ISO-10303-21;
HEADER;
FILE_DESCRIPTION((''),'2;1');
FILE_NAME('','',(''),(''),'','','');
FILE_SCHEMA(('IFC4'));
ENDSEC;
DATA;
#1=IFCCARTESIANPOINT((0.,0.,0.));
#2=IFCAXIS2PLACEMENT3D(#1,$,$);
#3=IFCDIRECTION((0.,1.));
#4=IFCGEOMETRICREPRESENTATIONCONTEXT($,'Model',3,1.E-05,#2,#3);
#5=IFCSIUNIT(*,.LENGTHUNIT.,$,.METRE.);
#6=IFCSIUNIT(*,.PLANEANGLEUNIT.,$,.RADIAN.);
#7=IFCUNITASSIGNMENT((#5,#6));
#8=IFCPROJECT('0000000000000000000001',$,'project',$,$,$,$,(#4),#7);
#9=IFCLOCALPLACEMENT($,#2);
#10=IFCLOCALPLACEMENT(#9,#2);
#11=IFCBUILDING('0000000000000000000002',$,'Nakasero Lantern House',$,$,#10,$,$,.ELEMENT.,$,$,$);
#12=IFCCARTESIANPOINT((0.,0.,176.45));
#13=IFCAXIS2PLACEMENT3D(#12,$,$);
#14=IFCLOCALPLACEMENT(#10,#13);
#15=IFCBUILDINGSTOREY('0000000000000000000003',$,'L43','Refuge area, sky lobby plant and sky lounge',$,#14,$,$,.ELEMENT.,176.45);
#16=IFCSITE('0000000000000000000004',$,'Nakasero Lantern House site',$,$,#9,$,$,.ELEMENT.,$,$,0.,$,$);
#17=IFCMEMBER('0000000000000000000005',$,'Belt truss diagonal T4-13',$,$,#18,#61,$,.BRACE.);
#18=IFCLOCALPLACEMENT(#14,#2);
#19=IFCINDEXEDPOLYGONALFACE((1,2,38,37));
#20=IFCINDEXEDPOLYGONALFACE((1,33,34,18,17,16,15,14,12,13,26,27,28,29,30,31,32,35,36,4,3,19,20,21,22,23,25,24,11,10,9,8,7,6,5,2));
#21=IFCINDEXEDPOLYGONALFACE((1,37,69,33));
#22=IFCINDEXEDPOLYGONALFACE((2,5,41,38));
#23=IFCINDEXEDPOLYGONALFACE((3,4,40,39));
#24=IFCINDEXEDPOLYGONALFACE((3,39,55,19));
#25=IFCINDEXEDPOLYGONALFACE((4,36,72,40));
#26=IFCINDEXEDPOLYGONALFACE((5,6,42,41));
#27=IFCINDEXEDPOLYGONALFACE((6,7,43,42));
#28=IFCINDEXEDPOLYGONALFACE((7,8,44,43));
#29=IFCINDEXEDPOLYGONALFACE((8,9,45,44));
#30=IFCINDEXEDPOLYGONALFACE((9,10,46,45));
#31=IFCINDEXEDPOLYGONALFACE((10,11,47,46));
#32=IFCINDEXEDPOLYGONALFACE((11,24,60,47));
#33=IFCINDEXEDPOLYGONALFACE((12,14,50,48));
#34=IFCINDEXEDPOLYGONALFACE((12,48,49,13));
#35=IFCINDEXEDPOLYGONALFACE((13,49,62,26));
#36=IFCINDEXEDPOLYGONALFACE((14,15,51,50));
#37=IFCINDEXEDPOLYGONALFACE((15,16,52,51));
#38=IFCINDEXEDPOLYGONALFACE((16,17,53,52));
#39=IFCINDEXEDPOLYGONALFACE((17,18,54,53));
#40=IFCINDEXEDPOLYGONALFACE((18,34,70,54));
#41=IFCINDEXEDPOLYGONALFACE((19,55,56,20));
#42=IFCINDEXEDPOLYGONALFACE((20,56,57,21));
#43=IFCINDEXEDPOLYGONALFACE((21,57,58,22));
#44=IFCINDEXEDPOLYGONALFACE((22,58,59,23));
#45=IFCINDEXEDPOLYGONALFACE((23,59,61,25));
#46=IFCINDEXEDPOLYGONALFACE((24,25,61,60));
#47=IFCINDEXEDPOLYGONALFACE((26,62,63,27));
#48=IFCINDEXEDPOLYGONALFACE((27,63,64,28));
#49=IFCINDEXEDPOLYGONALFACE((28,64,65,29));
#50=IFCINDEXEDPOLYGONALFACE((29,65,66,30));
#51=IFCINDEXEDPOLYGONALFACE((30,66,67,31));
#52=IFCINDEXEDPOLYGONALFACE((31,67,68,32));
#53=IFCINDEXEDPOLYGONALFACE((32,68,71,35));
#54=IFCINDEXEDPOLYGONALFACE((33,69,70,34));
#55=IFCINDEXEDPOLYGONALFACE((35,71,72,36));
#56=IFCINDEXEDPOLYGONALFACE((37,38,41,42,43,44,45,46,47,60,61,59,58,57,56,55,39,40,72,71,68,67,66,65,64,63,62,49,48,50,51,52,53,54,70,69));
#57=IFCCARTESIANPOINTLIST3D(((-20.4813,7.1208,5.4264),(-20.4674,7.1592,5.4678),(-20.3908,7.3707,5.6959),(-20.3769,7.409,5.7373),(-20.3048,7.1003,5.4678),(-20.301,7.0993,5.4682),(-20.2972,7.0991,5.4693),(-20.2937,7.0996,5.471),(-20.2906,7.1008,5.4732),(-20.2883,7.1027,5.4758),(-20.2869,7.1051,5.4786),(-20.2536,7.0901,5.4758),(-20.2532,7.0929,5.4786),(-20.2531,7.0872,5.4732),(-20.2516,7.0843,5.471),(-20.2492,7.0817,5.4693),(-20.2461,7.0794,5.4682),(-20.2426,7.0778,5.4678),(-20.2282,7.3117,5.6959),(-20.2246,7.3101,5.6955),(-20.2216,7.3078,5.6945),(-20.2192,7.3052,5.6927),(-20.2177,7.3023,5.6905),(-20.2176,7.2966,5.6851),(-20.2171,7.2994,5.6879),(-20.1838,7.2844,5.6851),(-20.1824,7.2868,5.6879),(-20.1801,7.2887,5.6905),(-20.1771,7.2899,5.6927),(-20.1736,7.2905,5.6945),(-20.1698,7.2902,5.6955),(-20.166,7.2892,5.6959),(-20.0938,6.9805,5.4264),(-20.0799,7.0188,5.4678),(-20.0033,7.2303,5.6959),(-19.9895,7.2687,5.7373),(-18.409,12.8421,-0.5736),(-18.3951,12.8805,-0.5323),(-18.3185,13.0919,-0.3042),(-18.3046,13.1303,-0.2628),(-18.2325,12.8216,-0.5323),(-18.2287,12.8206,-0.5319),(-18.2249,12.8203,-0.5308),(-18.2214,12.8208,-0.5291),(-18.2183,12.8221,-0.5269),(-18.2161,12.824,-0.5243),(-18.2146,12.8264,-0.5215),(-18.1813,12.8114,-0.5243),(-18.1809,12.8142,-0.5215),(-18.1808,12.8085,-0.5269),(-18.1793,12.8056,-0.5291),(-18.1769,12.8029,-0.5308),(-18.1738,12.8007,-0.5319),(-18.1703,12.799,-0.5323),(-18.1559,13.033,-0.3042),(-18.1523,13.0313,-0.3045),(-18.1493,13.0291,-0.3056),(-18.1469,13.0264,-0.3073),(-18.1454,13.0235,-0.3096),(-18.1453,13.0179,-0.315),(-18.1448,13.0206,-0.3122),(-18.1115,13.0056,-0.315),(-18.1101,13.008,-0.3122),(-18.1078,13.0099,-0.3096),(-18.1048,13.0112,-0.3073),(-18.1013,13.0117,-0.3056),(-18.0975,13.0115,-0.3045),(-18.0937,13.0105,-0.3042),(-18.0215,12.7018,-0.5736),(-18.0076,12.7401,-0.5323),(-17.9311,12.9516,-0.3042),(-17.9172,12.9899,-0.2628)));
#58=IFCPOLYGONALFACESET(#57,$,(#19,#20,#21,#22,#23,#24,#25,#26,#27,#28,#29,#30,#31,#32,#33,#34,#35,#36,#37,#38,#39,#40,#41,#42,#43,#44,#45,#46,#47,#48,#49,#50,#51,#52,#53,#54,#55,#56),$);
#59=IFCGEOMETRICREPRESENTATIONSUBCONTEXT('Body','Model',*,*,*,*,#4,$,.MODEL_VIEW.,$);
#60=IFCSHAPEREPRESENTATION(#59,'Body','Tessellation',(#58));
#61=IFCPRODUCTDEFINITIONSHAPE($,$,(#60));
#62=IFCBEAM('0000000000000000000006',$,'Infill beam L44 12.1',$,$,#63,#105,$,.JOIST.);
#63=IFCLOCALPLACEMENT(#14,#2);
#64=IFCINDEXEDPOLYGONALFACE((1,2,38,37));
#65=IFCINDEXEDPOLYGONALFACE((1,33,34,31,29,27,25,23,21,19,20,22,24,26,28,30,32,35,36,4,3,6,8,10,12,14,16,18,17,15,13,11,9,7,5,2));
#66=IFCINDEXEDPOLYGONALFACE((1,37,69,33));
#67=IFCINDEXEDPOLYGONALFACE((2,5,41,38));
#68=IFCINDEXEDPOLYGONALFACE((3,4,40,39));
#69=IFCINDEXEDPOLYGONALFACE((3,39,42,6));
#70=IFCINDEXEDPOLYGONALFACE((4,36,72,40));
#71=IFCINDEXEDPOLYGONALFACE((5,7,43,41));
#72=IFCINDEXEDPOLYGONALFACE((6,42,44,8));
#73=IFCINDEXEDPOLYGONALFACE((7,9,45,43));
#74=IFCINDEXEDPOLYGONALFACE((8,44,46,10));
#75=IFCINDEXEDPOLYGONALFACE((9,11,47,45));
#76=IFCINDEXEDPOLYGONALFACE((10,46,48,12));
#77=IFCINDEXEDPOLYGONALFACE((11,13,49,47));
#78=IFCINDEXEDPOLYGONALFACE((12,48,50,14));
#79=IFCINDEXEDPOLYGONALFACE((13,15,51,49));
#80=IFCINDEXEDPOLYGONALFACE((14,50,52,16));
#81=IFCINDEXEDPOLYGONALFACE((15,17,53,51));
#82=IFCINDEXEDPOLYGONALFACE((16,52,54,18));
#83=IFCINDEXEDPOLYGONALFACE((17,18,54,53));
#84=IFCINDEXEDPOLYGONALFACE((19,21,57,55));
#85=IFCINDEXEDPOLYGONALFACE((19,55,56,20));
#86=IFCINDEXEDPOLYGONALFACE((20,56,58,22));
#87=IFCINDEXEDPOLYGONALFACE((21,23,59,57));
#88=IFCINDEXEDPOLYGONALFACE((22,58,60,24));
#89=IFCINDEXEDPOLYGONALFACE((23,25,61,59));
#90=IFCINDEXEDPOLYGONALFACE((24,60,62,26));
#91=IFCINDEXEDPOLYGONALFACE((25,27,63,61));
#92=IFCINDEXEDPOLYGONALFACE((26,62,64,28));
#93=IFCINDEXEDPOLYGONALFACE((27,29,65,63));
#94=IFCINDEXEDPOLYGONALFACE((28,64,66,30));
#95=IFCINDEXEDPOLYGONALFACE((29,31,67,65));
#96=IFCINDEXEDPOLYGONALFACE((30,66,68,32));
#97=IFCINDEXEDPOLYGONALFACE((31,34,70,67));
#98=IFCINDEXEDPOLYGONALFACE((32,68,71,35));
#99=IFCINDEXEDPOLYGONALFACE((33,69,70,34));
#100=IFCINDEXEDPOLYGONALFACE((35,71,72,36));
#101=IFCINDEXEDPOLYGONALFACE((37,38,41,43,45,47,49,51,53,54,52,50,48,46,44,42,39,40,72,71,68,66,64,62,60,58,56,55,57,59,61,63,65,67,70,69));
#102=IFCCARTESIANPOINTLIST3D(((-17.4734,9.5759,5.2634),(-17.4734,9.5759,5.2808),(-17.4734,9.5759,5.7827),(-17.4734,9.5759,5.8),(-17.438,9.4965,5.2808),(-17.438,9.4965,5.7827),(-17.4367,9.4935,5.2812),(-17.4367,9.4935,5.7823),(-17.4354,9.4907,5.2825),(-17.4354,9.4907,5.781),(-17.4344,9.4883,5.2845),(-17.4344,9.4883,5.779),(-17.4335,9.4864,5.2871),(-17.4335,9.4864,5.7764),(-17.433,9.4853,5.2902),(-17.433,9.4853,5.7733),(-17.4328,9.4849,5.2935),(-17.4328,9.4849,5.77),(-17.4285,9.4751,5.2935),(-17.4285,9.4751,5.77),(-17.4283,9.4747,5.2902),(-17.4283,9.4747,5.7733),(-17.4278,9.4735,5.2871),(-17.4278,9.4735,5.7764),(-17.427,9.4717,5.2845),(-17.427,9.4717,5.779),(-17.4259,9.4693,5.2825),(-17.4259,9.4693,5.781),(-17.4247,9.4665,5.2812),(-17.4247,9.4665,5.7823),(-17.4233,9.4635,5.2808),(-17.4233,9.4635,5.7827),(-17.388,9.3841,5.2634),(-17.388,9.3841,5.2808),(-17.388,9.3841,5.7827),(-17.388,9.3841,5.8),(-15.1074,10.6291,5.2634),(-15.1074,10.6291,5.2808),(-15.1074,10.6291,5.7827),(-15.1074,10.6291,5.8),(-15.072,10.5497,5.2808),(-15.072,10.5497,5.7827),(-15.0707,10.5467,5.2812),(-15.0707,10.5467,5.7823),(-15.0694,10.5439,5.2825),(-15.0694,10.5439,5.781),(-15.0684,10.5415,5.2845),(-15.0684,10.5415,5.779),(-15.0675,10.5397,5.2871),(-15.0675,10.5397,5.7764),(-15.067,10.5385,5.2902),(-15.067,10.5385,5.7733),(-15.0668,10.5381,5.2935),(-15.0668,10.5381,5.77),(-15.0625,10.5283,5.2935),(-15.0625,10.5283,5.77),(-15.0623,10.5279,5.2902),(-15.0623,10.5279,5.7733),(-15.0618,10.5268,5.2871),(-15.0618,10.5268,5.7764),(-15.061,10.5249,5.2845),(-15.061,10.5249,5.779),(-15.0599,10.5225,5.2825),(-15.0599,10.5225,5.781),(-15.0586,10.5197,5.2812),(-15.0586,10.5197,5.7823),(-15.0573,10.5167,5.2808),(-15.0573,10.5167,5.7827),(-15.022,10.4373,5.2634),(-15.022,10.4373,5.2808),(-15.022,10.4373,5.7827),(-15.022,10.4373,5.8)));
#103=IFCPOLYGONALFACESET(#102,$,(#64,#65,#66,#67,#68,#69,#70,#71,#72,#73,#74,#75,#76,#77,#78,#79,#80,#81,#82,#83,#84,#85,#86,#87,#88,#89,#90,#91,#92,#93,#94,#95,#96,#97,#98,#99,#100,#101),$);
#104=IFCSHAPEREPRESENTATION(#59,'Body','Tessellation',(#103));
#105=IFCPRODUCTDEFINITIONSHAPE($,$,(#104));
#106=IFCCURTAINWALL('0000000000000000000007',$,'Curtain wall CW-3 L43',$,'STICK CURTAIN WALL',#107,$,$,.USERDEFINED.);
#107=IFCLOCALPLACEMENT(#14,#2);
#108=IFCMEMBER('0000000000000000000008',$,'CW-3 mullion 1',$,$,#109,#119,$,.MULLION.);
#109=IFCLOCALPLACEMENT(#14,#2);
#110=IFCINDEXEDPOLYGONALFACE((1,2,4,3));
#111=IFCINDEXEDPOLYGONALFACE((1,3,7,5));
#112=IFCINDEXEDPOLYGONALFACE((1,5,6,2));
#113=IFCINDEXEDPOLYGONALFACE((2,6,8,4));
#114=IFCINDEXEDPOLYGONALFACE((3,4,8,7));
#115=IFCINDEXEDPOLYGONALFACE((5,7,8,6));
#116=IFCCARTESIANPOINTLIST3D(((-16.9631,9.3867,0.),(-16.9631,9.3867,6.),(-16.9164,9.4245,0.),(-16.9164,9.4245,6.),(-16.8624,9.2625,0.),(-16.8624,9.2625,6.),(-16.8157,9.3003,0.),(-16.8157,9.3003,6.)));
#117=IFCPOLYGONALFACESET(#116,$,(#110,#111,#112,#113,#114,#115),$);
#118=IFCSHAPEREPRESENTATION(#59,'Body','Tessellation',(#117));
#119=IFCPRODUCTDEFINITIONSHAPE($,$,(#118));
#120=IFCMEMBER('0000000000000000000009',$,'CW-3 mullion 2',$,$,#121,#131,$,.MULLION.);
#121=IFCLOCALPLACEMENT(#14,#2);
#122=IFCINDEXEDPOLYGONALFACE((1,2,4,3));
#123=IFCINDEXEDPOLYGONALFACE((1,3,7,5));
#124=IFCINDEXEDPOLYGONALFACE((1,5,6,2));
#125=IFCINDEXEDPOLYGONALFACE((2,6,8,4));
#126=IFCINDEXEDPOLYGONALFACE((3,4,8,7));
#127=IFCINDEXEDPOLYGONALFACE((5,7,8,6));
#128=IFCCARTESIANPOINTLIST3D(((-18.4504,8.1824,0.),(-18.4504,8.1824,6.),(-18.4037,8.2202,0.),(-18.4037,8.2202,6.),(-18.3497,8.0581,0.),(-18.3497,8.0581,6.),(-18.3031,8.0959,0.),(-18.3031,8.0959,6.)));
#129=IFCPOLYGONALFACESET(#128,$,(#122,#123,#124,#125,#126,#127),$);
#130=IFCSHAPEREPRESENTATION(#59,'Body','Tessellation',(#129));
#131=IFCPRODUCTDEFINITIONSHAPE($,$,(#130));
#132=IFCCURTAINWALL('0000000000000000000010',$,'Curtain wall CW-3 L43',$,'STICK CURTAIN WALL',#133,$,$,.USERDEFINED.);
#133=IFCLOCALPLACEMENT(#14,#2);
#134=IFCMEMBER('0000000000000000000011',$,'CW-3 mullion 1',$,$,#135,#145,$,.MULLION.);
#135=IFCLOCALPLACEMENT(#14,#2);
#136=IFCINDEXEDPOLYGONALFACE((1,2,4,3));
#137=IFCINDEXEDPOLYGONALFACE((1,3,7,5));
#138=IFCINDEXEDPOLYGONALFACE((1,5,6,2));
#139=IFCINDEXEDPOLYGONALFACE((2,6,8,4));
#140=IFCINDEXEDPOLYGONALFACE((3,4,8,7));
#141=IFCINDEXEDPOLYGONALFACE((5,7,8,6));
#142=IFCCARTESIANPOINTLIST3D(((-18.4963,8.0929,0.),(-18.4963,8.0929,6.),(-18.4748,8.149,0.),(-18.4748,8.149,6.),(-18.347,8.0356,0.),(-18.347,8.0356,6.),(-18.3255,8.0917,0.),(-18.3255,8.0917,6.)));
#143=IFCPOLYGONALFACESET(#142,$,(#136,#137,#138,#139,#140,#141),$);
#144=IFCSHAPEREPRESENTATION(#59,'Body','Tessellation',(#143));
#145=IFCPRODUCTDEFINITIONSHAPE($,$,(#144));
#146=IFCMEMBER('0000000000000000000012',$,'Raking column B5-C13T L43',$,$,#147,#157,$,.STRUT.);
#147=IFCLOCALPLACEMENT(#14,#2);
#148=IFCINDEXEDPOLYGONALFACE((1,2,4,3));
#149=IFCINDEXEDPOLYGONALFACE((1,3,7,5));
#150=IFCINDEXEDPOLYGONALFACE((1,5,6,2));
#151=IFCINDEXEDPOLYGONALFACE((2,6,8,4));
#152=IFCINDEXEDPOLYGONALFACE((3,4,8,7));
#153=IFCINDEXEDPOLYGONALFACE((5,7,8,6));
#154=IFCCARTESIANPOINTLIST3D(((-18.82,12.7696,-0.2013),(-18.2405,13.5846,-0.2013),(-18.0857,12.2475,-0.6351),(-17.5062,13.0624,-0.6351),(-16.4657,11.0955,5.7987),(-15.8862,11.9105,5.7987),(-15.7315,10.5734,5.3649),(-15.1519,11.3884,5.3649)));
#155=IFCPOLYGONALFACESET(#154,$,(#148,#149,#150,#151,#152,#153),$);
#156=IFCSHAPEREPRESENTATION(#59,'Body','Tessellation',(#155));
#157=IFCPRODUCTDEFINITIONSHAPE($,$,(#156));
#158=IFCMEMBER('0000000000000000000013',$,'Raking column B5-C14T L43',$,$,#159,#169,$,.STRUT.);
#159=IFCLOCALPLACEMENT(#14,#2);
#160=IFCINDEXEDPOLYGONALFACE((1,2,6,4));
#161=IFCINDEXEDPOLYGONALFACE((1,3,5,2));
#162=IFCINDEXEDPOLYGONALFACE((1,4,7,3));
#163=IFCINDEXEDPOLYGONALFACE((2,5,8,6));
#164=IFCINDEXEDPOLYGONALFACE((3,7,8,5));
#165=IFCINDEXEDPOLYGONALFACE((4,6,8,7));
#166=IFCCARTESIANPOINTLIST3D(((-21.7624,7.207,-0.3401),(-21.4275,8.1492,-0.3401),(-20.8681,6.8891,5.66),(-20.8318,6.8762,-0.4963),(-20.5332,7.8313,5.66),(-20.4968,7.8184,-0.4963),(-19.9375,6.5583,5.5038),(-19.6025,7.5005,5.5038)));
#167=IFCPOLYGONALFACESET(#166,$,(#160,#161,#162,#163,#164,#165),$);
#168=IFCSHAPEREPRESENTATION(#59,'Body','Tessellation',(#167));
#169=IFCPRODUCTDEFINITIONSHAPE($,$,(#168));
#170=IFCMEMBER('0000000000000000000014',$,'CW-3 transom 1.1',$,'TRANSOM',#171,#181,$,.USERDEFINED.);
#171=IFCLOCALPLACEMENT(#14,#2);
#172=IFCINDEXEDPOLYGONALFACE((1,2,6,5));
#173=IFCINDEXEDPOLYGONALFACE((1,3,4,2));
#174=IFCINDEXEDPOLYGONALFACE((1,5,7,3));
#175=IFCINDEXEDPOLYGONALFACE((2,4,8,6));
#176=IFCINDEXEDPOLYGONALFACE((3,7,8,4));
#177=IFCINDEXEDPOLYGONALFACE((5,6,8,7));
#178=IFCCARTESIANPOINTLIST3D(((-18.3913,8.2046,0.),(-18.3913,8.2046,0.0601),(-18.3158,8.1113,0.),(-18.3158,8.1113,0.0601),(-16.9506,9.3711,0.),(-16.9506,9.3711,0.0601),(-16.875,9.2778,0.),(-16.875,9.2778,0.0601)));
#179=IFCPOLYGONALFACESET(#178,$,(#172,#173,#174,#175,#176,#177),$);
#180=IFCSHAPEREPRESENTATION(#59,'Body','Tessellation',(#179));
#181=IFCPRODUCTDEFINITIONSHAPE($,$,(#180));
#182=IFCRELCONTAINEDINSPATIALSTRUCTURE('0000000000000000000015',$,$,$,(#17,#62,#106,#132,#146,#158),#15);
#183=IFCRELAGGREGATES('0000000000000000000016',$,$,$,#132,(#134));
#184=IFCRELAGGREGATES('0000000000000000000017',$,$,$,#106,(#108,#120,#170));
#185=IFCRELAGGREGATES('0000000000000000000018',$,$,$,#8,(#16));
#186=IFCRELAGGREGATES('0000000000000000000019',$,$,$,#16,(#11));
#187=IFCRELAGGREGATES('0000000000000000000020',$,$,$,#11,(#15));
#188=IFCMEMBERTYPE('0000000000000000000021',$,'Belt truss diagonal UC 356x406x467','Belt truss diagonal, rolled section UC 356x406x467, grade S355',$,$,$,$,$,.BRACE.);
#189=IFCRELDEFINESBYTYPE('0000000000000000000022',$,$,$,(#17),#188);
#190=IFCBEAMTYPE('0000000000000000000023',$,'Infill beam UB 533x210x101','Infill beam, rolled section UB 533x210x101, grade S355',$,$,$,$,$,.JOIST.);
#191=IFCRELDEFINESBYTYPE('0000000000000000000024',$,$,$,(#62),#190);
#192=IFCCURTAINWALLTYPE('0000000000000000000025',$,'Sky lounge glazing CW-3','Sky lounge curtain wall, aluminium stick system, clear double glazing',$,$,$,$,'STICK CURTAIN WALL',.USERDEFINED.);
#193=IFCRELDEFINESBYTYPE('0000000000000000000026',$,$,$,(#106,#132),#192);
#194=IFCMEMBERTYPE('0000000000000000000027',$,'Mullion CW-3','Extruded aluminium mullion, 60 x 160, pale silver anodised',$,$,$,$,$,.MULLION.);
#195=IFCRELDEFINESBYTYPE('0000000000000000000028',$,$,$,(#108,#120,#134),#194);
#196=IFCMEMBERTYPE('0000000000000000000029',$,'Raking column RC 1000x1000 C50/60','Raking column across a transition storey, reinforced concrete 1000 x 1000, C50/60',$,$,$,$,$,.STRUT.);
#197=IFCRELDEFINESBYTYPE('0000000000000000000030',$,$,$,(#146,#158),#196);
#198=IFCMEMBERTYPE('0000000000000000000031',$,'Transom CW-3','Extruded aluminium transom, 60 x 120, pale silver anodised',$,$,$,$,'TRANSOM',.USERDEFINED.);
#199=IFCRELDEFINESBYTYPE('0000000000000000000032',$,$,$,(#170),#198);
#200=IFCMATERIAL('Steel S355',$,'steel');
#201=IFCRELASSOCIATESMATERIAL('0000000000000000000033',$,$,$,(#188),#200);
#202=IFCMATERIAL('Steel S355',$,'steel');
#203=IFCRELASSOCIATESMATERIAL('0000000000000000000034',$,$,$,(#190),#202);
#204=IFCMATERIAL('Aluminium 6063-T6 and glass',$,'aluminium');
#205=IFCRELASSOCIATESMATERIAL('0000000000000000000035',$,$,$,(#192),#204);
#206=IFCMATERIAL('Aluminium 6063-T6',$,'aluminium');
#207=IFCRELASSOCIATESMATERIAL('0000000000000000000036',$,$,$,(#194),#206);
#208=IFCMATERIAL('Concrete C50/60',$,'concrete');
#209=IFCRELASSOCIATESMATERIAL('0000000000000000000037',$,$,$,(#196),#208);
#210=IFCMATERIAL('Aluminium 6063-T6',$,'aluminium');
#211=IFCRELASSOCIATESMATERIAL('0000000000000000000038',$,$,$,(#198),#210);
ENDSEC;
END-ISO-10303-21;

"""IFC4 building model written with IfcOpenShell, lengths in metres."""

from ifc_helpers import new_model, si_unit, direction, frame, origin, origin_2d, place, context, subcontext, project, spatial, rectangle, i_section, extrude, material, material_profile, profile_set, type_object, element, aggregate, save


model = new_model("IFC4")

# Units and contexts
model_context = context("Model", 3, precision=1e-05, world=origin(), true_north=direction((0.0, 1.0)))
body_context = subcontext(model_context, "Body", "Model", "MODEL_VIEW")
ifc_project = project(units=[si_unit("LENGTHUNIT", "METRE"), si_unit("PLANEANGLEUNIT", "RADIAN")], contexts=[model_context])

# Site, building, storey
site_placement = place(None, origin())
site = spatial("IfcSite", under=ifc_project, at=site_placement, Name="Nakasero Lantern House site", CompositionType="ELEMENT", RefElevation=0.0)
building_placement = place(site_placement, origin())
building = spatial("IfcBuilding", under=site, at=building_placement, Name="Nakasero Lantern House", CompositionType="ELEMENT")
storey_placement = place(building_placement, frame((0.0, 0.0, 176.45)))
storey = spatial("IfcBuildingStorey", under=building, at=storey_placement, Name="L43", Description="Refuge area, sky lobby plant and sky lounge", CompositionType="ELEMENT", Elevation=176.45)

# Member
ifc_material_1 = material(Name="Steel S355", Category="steel")
ifc_material_profile_1 = material_profile(ifc_material_1, i_section(OverallWidth=0.4121, OverallDepth=0.4365, WebThickness=0.0359, FlangeThickness=0.0581, FilletRadius=0.0151, at=origin_2d()), Name="UC 356x406x467")
ifc_profile_set_1 = profile_set([ifc_material_profile_1], Name="Steel S355")
member_type_1 = type_object("IfcMemberType", Name="Belt truss diagonal UC 356x406x467", Description="Belt truss diagonal, rolled section UC 356x406x467, grade S355", PredefinedType="BRACE", material=ifc_profile_set_1)
member_1_placement = place(storey_placement, frame((-18.1631, 12.916, -0.4182), z_axis=(-0.242497, -0.669494, 0.70212), x_axis=(0.940224, -0.340557, 0.0)))
element("IfcMember", 1, at=member_1_placement, inside=storey, type_object=member_type_1, Name="Belt truss diagonal T4-13", PredefinedType="BRACE", context=body_context, shape_type="SweptSolid", body=[
    extrude(i_section(OverallWidth=0.4121, OverallDepth=0.4365, WebThickness=0.0359, FlangeThickness=0.0581, FilletRadius=0.0151, at=origin_2d()), origin(), (0.0, 0.0, 1.0), 8.5457),
])

# Beam
ifc_material_2 = material(Name="Steel S355", Category="steel")
ifc_material_profile_2 = material_profile(ifc_material_2, i_section(OverallWidth=0.21, OverallDepth=0.5366, WebThickness=0.0107, FlangeThickness=0.0173, FilletRadius=0.0127, at=origin_2d()), Name="UB 533x210x101")
ifc_profile_set_2 = profile_set([ifc_material_profile_2], Name="Steel S355")
beam_type = type_object("IfcBeamType", Name="Infill beam UB 533x210x101", Description="Infill beam, rolled section UB 533x210x101, grade S355", PredefinedType="JOIST", material=ifc_profile_set_2)
beam_placement = place(storey_placement, frame((-17.4307, 9.48, 5.5317), z_axis=(0.91357, 0.406681, 0.0), x_axis=(-0.406681, 0.91357, 0.0)))
element("IfcBeam", 2, at=beam_placement, inside=storey, type_object=beam_type, Name="Infill beam L44 12.1", PredefinedType="JOIST", context=body_context, shape_type="SweptSolid", body=[
    extrude(i_section(OverallWidth=0.21, OverallDepth=0.5366, WebThickness=0.0107, FlangeThickness=0.0173, FilletRadius=0.0127, at=origin_2d()), origin(), (0.0, 0.0, 1.0), 2.5898),
])

# Curtain wall, members
ifc_material_3 = material(Name="Aluminium 6063-T6 and glass", Category="aluminium")
curtain_wall_type = type_object("IfcCurtainWallType", Name="Sky lounge glazing CW-3", Description="Sky lounge curtain wall, aluminium stick system, clear double glazing", ElementType="STICK CURTAIN WALL", PredefinedType="USERDEFINED", material=ifc_material_3)
curtain_wall_1_placement = place(storey_placement, origin())
curtain_wall_1 = element("IfcCurtainWall", 3, at=curtain_wall_1_placement, inside=storey, type_object=curtain_wall_type, Name="Curtain wall CW-3 L43", ObjectType="STICK CURTAIN WALL", PredefinedType="USERDEFINED")
ifc_material_4 = material(Name="Aluminium 6063-T6", Category="aluminium")
ifc_material_profile_3 = material_profile(ifc_material_4, rectangle(XDim=0.0601, YDim=0.1599, at=origin_2d()), Name="CW-3 mullion 60x160")
ifc_profile_set_3 = profile_set([ifc_material_profile_3], Name="Aluminium 6063-T6")
member_type_2 = type_object("IfcMemberType", Name="Mullion CW-3", Description="Extruded aluminium mullion, 60 x 160, pale silver anodised", PredefinedType="MULLION", material=ifc_profile_set_3)
member_2_placement = place(storey_placement, frame((-16.8894, 9.3435, 0.0), z_axis=(0.0, 0.0, 1.0), x_axis=(-0.777146, -0.62932, 0.0)))
member_2 = element("IfcMember", 4, at=member_2_placement, type_object=member_type_2, Name="CW-3 mullion 1", PredefinedType="MULLION", context=body_context, shape_type="SweptSolid", body=[
    extrude(rectangle(XDim=0.0601, YDim=0.1599, at=origin_2d()), origin(), (0.0, 0.0, 1.0), 6.0),
])
member_3_placement = place(storey_placement, frame((-18.3767, 8.1392, 0.0), z_axis=(0.0, 0.0, 1.0), x_axis=(-0.777146, -0.62932, 0.0)))
member_3 = element("IfcMember", 5, at=member_3_placement, type_object=member_type_2, Name="CW-3 mullion 2", PredefinedType="MULLION", context=body_context, shape_type="SweptSolid", body=[
    extrude(rectangle(XDim=0.0601, YDim=0.1599, at=origin_2d()), origin(), (0.0, 0.0, 1.0), 6.0),
])

# Curtain wall, member
curtain_wall_2_placement = place(storey_placement, origin())
curtain_wall_2 = element("IfcCurtainWall", 6, at=curtain_wall_2_placement, inside=storey, type_object=curtain_wall_type, Name="Curtain wall CW-3 L43", ObjectType="STICK CURTAIN WALL", PredefinedType="USERDEFINED")
member_4_placement = place(storey_placement, frame((-18.4109, 8.0923, 0.0), z_axis=(0.0, 0.0, 1.0), x_axis=(-0.358368, -0.93358, 0.0)))
member_4 = element("IfcMember", 7, at=member_4_placement, type_object=member_type_2, Name="CW-3 mullion 1", PredefinedType="MULLION", context=body_context, shape_type="SweptSolid", body=[
    extrude(rectangle(XDim=0.0601, YDim=0.1599, at=origin_2d()), origin(), (0.0, 0.0, 1.0), 6.0),
])

# Members
ifc_material_5 = material(Name="Concrete C50/60", Category="concrete")
ifc_material_profile_4 = material_profile(ifc_material_5, rectangle(XDim=1.0, YDim=1.0, at=origin_2d()), Name="RC 1000x1000")
ifc_profile_set_4 = profile_set([ifc_material_profile_4], Name="Concrete C50/60")
member_type_3 = type_object("IfcMemberType", Name="Raking column RC 1000x1000 C50/60", Description="Raking column across a transition storey, reinforced concrete 1000 x 1000, C50/60", PredefinedType="STRUT", material=ifc_profile_set_4)
member_5_placement = place(storey_placement, frame((-18.1631, 12.916, -0.4182), z_axis=(0.353533, -0.251392, 0.901009), x_axis=(0.57951, 0.814965, 0.0)))
element("IfcMember", 8, at=member_5_placement, inside=storey, type_object=member_type_3, Name="Raking column B5-C13T L43", PredefinedType="STRUT", context=body_context, shape_type="SweptSolid", body=[
    extrude(rectangle(XDim=1.0, YDim=1.0, at=origin_2d()), origin(), (0.0, 0.0, 1.0), 6.6592),
])
member_6_placement = place(storey_placement, frame((-21.1296, 7.5127, -0.4182), z_axis=(0.147217, -0.052328, 0.987719), x_axis=(0.334918, 0.942247, 0.0)))
element("IfcMember", 9, at=member_6_placement, inside=storey, type_object=member_type_3, Name="Raking column B5-C14T L43", PredefinedType="STRUT", context=body_context, shape_type="SweptSolid", body=[
    extrude(rectangle(XDim=1.0, YDim=1.0, at=origin_2d()), origin(), (0.0, 0.0, 1.0), 6.0747),
])

# Member
ifc_material_6 = material(Name="Aluminium 6063-T6", Category="aluminium")
ifc_material_profile_5 = material_profile(ifc_material_6, rectangle(XDim=0.0601, YDim=0.1201, at=origin_2d()), Name="CW-3 transom 60x120")
ifc_profile_set_5 = profile_set([ifc_material_profile_5], Name="Aluminium 6063-T6")
member_type_4 = type_object("IfcMemberType", Name="Transom CW-3", Description="Extruded aluminium transom, 60 x 120, pale silver anodised", ElementType="TRANSOM", PredefinedType="USERDEFINED", material=ifc_profile_set_5)
member_7_placement = place(storey_placement, frame((-16.9128, 9.3245, 0.03), z_axis=(-0.77718, -0.629278, 0.0), x_axis=(0.0, 0.0, 1.0)))
member_7 = element("IfcMember", 10, at=member_7_placement, type_object=member_type_4, Name="CW-3 transom 1.1", ObjectType="TRANSOM", PredefinedType="USERDEFINED", context=body_context, shape_type="SweptSolid", body=[
    extrude(rectangle(XDim=0.0601, YDim=0.1201, at=origin_2d()), origin(), (0.0, 0.0, 1.0), 1.8538),
])
aggregate(curtain_wall_2, [member_4])

aggregate(curtain_wall_1, [member_2, member_3, member_7])

save(model, "model.ifc")
